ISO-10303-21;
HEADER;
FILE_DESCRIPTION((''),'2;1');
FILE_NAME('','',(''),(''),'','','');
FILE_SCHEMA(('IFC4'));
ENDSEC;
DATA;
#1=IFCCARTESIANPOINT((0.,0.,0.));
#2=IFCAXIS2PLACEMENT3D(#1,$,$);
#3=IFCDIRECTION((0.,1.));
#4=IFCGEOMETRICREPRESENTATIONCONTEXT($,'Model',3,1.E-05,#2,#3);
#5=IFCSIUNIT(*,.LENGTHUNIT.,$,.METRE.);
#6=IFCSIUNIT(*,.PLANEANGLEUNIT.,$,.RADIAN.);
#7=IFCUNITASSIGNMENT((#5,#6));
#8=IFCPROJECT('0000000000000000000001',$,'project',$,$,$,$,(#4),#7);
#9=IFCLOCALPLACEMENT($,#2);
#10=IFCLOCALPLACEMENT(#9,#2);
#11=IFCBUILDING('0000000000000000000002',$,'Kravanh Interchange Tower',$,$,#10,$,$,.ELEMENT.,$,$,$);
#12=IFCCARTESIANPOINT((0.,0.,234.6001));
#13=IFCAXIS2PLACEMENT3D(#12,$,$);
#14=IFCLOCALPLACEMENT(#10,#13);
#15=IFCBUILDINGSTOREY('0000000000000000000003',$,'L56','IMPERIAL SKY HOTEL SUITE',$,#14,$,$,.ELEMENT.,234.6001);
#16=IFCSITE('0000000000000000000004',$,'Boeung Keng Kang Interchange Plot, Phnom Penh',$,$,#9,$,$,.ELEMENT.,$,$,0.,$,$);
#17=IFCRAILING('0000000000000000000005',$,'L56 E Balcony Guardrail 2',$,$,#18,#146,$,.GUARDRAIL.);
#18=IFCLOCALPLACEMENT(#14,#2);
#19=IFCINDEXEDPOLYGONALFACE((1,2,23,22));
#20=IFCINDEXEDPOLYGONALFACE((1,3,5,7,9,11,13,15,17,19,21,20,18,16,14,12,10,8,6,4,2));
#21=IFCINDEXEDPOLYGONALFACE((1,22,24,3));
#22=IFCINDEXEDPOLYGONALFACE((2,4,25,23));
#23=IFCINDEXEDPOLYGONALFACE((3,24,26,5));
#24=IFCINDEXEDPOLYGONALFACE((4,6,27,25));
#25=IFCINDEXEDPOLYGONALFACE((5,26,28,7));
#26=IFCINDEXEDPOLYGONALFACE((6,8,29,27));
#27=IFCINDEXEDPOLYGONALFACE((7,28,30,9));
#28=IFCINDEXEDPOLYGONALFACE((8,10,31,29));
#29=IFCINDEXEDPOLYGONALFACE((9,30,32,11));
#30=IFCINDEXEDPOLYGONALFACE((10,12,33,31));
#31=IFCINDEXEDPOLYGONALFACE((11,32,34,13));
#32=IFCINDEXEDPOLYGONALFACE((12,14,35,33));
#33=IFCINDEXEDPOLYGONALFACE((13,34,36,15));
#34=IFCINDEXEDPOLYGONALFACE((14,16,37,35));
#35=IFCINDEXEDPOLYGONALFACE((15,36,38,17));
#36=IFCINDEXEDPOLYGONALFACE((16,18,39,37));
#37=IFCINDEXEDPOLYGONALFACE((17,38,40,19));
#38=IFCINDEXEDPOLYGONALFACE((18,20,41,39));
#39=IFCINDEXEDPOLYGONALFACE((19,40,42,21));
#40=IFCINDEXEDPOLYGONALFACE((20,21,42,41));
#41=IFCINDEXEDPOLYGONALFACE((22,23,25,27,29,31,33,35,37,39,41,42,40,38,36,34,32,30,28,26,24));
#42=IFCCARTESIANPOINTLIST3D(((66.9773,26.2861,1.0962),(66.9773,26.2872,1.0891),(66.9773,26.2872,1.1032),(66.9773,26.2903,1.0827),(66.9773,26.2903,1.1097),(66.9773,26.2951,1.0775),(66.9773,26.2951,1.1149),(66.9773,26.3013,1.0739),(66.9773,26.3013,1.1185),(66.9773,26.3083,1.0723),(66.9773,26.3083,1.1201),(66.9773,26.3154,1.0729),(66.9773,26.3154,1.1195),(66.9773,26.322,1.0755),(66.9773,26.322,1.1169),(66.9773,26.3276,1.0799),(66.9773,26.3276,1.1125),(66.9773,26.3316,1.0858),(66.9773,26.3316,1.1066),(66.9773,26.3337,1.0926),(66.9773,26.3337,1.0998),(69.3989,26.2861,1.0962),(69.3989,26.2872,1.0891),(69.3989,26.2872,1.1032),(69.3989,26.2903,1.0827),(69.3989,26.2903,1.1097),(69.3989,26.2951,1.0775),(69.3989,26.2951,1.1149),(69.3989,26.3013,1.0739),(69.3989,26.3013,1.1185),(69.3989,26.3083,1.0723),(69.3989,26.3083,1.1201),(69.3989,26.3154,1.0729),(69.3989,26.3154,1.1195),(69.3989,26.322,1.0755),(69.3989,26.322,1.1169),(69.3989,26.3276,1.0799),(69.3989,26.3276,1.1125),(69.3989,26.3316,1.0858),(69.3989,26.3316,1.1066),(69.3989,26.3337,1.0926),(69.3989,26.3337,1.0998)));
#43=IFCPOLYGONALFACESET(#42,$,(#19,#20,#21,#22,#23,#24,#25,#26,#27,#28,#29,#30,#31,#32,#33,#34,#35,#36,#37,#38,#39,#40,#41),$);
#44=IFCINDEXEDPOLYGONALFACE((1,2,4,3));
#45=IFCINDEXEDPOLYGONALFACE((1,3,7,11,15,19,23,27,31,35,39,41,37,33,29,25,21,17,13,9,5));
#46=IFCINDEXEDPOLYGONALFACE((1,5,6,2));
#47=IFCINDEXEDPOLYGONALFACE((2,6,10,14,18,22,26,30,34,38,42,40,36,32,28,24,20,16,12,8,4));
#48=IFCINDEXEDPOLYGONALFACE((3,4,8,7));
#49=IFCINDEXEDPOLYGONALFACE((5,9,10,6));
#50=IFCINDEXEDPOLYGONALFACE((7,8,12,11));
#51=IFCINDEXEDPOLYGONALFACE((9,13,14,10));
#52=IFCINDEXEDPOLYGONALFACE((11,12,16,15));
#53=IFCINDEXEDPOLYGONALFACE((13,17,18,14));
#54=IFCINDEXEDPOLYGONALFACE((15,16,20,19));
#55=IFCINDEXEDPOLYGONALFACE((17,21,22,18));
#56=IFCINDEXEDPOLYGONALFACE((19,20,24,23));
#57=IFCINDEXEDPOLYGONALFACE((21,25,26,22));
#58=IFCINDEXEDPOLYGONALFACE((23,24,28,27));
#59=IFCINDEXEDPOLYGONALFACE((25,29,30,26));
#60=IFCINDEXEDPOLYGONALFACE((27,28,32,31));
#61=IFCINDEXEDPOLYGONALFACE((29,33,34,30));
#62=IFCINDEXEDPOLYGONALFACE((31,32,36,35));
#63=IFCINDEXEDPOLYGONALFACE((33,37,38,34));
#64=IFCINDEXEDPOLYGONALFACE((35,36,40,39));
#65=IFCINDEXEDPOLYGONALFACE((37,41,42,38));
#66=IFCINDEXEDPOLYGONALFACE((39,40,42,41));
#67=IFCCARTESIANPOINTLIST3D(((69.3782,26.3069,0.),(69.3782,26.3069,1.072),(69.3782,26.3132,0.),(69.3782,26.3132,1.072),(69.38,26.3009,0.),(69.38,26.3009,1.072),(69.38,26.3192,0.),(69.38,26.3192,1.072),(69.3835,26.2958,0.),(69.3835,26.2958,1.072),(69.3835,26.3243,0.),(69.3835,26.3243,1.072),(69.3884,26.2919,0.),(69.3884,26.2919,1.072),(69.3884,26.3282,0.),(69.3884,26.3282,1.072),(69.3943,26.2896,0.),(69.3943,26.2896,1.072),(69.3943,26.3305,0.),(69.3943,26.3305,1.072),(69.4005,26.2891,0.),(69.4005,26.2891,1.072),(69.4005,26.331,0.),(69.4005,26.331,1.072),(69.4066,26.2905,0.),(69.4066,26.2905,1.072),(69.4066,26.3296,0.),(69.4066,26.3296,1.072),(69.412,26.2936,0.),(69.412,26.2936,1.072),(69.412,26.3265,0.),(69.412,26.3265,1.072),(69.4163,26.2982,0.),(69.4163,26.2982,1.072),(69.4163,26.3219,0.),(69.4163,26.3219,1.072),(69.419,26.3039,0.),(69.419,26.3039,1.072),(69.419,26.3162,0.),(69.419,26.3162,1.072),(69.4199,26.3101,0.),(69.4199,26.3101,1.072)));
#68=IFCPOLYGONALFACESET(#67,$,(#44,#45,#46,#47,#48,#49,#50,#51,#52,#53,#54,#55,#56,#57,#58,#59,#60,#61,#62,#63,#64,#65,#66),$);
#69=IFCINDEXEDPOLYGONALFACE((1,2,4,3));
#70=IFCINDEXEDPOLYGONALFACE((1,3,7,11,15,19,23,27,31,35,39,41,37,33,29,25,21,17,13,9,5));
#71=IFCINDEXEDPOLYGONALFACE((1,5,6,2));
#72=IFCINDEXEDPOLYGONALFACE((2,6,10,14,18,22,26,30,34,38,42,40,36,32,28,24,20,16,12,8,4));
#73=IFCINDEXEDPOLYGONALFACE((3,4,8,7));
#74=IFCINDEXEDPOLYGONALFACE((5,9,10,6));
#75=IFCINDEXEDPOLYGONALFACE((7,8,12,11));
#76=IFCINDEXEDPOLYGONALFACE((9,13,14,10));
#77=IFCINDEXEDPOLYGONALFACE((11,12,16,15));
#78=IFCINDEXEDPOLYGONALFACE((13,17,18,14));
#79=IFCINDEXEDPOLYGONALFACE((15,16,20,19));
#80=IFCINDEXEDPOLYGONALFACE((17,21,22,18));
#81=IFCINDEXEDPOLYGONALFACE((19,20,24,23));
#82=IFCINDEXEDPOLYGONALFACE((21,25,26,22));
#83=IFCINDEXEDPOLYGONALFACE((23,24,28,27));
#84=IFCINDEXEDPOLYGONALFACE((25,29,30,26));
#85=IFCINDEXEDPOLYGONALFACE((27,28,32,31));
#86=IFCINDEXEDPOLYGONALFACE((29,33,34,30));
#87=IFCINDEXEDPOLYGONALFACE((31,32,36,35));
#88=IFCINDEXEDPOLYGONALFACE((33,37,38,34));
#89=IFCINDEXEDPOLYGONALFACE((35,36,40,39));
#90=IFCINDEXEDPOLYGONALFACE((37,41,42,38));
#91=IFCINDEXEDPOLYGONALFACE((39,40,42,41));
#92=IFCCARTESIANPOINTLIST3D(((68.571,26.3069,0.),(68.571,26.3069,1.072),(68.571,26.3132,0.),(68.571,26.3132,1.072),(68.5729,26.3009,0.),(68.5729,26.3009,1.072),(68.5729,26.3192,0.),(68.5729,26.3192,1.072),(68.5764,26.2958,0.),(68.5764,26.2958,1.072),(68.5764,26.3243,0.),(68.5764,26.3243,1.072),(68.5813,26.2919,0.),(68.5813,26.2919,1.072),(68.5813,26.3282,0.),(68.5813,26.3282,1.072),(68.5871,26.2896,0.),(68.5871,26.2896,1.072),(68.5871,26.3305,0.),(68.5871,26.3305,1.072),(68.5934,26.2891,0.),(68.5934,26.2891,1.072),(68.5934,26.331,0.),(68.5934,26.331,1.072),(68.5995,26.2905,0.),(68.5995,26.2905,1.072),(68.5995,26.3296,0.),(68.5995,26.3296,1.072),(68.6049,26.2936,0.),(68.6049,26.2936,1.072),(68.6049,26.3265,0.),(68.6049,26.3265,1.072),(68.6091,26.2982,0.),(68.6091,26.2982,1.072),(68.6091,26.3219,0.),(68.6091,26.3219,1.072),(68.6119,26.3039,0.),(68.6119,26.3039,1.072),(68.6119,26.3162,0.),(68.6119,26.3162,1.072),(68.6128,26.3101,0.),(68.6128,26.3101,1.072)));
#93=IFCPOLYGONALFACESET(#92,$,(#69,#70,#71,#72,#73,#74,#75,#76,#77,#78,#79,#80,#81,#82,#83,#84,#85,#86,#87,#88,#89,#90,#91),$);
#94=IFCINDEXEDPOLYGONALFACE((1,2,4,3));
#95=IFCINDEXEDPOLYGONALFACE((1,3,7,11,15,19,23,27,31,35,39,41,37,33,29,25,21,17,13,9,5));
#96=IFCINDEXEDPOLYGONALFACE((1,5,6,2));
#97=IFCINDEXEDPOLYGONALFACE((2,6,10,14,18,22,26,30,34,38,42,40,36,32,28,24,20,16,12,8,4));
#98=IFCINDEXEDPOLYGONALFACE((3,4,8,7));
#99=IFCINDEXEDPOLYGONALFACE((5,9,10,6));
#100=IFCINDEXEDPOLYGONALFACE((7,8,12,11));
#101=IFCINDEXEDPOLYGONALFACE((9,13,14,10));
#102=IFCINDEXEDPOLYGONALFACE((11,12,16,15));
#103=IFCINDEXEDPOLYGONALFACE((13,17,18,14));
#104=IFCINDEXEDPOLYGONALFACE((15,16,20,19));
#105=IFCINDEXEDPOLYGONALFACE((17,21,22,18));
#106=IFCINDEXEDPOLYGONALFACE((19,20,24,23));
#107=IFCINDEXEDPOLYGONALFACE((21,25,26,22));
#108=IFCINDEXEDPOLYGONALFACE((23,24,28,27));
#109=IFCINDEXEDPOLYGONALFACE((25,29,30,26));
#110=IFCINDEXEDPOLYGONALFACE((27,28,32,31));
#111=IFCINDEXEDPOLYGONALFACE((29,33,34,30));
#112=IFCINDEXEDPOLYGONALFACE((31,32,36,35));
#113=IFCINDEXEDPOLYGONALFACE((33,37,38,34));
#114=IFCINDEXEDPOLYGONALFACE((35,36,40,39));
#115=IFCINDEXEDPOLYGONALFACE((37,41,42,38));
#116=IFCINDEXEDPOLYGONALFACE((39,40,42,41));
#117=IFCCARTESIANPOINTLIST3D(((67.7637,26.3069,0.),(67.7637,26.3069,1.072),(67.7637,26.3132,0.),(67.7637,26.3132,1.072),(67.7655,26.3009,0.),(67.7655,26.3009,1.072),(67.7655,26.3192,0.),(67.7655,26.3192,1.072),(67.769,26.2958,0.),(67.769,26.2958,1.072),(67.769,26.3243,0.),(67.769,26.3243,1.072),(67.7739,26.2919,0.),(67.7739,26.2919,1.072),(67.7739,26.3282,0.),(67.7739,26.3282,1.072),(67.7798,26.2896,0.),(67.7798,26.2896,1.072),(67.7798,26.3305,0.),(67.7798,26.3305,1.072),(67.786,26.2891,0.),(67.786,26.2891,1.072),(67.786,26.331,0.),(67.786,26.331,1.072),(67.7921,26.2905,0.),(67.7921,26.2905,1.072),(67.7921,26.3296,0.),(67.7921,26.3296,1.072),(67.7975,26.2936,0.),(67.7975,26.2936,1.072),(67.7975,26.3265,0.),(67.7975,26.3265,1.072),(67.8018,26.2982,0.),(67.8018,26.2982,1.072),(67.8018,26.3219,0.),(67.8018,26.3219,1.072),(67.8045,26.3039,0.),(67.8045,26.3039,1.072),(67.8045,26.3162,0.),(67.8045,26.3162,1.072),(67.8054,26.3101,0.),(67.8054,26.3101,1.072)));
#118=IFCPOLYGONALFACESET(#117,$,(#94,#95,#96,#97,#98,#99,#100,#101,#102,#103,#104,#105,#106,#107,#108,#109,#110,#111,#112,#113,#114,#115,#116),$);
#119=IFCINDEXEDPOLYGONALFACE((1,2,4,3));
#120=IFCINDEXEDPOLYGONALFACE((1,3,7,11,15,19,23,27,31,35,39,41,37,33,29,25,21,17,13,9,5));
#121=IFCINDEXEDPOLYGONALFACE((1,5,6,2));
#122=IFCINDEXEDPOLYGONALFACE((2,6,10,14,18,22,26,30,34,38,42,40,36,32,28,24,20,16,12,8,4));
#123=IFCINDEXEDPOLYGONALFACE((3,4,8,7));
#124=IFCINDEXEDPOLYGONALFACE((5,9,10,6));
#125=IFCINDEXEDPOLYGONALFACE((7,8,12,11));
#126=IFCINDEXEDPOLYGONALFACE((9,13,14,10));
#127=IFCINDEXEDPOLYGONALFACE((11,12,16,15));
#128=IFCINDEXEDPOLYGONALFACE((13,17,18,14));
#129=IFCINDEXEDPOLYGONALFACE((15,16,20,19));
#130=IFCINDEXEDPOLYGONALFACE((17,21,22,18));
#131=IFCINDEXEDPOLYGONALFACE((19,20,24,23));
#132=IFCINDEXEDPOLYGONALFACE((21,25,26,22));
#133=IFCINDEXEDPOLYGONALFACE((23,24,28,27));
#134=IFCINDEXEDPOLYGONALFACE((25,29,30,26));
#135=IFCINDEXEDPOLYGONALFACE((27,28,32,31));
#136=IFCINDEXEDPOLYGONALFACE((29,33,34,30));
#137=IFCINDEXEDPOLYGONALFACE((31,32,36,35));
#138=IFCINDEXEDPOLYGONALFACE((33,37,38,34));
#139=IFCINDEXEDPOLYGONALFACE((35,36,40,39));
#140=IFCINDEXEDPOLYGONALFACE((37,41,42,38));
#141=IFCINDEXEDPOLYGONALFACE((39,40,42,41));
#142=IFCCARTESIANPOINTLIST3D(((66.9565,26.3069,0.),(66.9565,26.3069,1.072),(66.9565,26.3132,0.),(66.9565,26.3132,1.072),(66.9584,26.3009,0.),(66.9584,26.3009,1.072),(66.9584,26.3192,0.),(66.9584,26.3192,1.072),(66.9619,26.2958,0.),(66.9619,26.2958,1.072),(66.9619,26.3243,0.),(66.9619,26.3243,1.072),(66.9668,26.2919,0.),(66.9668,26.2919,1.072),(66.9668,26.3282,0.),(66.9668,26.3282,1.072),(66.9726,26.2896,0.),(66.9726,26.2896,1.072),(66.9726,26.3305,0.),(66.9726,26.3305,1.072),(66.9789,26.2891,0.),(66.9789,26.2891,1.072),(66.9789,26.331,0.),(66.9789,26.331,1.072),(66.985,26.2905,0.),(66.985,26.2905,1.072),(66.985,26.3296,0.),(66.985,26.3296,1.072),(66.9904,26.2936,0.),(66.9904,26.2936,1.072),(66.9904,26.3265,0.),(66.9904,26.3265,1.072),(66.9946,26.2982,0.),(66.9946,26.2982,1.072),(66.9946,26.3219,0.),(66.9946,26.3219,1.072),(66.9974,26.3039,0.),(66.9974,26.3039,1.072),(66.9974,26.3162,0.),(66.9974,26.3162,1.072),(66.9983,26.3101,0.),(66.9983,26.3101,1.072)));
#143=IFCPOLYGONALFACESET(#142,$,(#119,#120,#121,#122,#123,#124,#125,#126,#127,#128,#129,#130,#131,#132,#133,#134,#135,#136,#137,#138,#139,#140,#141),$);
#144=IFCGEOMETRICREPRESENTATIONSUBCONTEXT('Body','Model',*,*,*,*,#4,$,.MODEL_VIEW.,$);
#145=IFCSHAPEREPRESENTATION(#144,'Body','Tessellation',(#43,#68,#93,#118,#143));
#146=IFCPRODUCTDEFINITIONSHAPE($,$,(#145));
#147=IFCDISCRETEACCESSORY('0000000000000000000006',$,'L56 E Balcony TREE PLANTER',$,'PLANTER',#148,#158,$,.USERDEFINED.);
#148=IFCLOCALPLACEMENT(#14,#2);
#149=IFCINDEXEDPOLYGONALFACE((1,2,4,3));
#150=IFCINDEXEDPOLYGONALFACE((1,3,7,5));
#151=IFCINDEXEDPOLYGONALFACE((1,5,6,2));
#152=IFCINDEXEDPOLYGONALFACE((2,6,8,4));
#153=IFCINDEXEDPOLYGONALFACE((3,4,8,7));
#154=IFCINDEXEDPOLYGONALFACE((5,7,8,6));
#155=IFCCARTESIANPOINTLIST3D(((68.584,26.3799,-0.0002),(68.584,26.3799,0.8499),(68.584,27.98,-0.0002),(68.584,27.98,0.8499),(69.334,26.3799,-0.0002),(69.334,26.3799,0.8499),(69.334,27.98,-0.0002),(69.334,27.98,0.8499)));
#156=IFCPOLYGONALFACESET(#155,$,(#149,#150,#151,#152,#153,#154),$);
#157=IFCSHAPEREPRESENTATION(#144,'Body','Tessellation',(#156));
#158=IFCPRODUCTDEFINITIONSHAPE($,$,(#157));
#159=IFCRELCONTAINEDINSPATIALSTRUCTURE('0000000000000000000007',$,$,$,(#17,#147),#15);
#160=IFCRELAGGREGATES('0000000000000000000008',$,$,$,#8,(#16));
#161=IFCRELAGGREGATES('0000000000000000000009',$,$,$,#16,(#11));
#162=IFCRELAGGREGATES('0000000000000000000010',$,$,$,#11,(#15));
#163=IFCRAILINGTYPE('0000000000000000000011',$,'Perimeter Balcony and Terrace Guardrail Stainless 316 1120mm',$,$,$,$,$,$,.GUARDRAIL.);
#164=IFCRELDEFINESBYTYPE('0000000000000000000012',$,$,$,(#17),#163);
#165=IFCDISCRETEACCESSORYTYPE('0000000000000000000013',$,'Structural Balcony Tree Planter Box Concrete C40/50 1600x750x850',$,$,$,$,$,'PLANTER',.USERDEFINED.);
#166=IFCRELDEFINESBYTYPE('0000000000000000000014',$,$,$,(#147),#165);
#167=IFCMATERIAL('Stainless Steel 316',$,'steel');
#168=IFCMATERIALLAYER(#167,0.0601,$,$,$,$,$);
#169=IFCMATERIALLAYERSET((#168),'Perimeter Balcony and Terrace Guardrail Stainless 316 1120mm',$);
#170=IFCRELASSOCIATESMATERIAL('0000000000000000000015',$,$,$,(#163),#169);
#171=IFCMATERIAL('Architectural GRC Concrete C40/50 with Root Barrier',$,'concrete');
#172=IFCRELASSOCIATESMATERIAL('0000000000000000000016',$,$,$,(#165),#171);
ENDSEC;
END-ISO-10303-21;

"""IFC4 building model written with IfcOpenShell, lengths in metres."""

from ifc_helpers import new_model, si_unit, direction, frame, origin, origin_2d, place, context, subcontext, project, spatial, rectangle, circle, extrude, material, layer, layer_set, type_object, element, save


model = new_model("IFC4")

# Units and contexts
model_context = context("Model", 3, precision=1e-05, world=origin(), true_north=direction((0.0, 1.0)))
body_context = subcontext(model_context, "Body", "Model", "MODEL_VIEW")
ifc_project = project(units=[si_unit("LENGTHUNIT", "METRE"), si_unit("PLANEANGLEUNIT", "RADIAN")], contexts=[model_context])

# Site, building, storey
site_placement = place(None, origin())
site = spatial("IfcSite", under=ifc_project, at=site_placement, Name="Boeung Keng Kang Interchange Plot, Phnom Penh", CompositionType="ELEMENT", RefElevation=0.0)
building_placement = place(site_placement, origin())
building = spatial("IfcBuilding", under=site, at=building_placement, Name="Kravanh Interchange Tower", CompositionType="ELEMENT")
storey_placement = place(building_placement, frame((0.0, 0.0, 234.6001)))
storey = spatial("IfcBuildingStorey", under=building, at=storey_placement, Name="L56", Description="IMPERIAL SKY HOTEL SUITE", CompositionType="ELEMENT", Elevation=234.6001)

# Railing
ifc_material_1 = material(Name="Stainless Steel 316", Category="steel")
ifc_layer_1 = layer(ifc_material_1, 0.0601)
ifc_layer_set_1 = layer_set([ifc_layer_1], Name="Perimeter Balcony and Terrace Guardrail Stainless 316 1120mm")
railing_type = type_object("IfcRailingType", Name="Perimeter Balcony and Terrace Guardrail Stainless 316 1120mm", PredefinedType="GUARDRAIL", material=ifc_layer_set_1)
railing_placement = place(storey_placement, frame((69.3989, 26.3101, 0.0)))
element("IfcRailing", 1, at=railing_placement, inside=storey, type_object=railing_type, Name="L56 E Balcony Guardrail 2", PredefinedType="GUARDRAIL", context=body_context, shape_type="SweptSolid", body=[
    extrude(circle(Radius=0.0239, at=origin_2d()), frame((0.0, 0.0, 1.0962), z_axis=(-1.0, 0.0, 0.0), x_axis=(0.0, -1.0, 0.0)), (0.0, 0.0, 1.0), 2.4216),
    extrude(circle(Radius=0.021, at=origin_2d()), origin(), (0.0, 0.0, 1.0), 1.072),
    extrude(circle(Radius=0.021, at=origin_2d()), frame((-0.8071, 0.0, 0.0)), (0.0, 0.0, 1.0), 1.072),
    extrude(circle(Radius=0.021, at=origin_2d()), frame((-1.6145, 0.0, 0.0)), (0.0, 0.0, 1.0), 1.072),
    extrude(circle(Radius=0.021, at=origin_2d()), frame((-2.4216, 0.0, 0.0)), (0.0, 0.0, 1.0), 1.072),
])

# Discrete accessory
ifc_material_2 = material(Name="Architectural GRC Concrete C40/50 with Root Barrier", Category="concrete")
discrete_accessory_type = type_object("IfcDiscreteAccessoryType", Name="Structural Balcony Tree Planter Box Concrete C40/50 1600x750x850", ElementType="PLANTER", PredefinedType="USERDEFINED", material=ifc_material_2)
discrete_accessory_placement = place(storey_placement, frame((68.959, 27.1799, -0.0002), z_axis=(0.0, 0.0, 1.0), x_axis=(1.0, 0.0, 0.0)))
element("IfcDiscreteAccessory", 2, at=discrete_accessory_placement, inside=storey, type_object=discrete_accessory_type, Name="L56 E Balcony TREE PLANTER", ObjectType="PLANTER", PredefinedType="USERDEFINED", context=body_context, shape_type="SweptSolid", body=[
    extrude(rectangle(XDim=0.75, YDim=1.6001, at=origin_2d()), origin(), (0.0, 0.0, 1.0), 0.8501),
])

save(model, "model.ifc")
